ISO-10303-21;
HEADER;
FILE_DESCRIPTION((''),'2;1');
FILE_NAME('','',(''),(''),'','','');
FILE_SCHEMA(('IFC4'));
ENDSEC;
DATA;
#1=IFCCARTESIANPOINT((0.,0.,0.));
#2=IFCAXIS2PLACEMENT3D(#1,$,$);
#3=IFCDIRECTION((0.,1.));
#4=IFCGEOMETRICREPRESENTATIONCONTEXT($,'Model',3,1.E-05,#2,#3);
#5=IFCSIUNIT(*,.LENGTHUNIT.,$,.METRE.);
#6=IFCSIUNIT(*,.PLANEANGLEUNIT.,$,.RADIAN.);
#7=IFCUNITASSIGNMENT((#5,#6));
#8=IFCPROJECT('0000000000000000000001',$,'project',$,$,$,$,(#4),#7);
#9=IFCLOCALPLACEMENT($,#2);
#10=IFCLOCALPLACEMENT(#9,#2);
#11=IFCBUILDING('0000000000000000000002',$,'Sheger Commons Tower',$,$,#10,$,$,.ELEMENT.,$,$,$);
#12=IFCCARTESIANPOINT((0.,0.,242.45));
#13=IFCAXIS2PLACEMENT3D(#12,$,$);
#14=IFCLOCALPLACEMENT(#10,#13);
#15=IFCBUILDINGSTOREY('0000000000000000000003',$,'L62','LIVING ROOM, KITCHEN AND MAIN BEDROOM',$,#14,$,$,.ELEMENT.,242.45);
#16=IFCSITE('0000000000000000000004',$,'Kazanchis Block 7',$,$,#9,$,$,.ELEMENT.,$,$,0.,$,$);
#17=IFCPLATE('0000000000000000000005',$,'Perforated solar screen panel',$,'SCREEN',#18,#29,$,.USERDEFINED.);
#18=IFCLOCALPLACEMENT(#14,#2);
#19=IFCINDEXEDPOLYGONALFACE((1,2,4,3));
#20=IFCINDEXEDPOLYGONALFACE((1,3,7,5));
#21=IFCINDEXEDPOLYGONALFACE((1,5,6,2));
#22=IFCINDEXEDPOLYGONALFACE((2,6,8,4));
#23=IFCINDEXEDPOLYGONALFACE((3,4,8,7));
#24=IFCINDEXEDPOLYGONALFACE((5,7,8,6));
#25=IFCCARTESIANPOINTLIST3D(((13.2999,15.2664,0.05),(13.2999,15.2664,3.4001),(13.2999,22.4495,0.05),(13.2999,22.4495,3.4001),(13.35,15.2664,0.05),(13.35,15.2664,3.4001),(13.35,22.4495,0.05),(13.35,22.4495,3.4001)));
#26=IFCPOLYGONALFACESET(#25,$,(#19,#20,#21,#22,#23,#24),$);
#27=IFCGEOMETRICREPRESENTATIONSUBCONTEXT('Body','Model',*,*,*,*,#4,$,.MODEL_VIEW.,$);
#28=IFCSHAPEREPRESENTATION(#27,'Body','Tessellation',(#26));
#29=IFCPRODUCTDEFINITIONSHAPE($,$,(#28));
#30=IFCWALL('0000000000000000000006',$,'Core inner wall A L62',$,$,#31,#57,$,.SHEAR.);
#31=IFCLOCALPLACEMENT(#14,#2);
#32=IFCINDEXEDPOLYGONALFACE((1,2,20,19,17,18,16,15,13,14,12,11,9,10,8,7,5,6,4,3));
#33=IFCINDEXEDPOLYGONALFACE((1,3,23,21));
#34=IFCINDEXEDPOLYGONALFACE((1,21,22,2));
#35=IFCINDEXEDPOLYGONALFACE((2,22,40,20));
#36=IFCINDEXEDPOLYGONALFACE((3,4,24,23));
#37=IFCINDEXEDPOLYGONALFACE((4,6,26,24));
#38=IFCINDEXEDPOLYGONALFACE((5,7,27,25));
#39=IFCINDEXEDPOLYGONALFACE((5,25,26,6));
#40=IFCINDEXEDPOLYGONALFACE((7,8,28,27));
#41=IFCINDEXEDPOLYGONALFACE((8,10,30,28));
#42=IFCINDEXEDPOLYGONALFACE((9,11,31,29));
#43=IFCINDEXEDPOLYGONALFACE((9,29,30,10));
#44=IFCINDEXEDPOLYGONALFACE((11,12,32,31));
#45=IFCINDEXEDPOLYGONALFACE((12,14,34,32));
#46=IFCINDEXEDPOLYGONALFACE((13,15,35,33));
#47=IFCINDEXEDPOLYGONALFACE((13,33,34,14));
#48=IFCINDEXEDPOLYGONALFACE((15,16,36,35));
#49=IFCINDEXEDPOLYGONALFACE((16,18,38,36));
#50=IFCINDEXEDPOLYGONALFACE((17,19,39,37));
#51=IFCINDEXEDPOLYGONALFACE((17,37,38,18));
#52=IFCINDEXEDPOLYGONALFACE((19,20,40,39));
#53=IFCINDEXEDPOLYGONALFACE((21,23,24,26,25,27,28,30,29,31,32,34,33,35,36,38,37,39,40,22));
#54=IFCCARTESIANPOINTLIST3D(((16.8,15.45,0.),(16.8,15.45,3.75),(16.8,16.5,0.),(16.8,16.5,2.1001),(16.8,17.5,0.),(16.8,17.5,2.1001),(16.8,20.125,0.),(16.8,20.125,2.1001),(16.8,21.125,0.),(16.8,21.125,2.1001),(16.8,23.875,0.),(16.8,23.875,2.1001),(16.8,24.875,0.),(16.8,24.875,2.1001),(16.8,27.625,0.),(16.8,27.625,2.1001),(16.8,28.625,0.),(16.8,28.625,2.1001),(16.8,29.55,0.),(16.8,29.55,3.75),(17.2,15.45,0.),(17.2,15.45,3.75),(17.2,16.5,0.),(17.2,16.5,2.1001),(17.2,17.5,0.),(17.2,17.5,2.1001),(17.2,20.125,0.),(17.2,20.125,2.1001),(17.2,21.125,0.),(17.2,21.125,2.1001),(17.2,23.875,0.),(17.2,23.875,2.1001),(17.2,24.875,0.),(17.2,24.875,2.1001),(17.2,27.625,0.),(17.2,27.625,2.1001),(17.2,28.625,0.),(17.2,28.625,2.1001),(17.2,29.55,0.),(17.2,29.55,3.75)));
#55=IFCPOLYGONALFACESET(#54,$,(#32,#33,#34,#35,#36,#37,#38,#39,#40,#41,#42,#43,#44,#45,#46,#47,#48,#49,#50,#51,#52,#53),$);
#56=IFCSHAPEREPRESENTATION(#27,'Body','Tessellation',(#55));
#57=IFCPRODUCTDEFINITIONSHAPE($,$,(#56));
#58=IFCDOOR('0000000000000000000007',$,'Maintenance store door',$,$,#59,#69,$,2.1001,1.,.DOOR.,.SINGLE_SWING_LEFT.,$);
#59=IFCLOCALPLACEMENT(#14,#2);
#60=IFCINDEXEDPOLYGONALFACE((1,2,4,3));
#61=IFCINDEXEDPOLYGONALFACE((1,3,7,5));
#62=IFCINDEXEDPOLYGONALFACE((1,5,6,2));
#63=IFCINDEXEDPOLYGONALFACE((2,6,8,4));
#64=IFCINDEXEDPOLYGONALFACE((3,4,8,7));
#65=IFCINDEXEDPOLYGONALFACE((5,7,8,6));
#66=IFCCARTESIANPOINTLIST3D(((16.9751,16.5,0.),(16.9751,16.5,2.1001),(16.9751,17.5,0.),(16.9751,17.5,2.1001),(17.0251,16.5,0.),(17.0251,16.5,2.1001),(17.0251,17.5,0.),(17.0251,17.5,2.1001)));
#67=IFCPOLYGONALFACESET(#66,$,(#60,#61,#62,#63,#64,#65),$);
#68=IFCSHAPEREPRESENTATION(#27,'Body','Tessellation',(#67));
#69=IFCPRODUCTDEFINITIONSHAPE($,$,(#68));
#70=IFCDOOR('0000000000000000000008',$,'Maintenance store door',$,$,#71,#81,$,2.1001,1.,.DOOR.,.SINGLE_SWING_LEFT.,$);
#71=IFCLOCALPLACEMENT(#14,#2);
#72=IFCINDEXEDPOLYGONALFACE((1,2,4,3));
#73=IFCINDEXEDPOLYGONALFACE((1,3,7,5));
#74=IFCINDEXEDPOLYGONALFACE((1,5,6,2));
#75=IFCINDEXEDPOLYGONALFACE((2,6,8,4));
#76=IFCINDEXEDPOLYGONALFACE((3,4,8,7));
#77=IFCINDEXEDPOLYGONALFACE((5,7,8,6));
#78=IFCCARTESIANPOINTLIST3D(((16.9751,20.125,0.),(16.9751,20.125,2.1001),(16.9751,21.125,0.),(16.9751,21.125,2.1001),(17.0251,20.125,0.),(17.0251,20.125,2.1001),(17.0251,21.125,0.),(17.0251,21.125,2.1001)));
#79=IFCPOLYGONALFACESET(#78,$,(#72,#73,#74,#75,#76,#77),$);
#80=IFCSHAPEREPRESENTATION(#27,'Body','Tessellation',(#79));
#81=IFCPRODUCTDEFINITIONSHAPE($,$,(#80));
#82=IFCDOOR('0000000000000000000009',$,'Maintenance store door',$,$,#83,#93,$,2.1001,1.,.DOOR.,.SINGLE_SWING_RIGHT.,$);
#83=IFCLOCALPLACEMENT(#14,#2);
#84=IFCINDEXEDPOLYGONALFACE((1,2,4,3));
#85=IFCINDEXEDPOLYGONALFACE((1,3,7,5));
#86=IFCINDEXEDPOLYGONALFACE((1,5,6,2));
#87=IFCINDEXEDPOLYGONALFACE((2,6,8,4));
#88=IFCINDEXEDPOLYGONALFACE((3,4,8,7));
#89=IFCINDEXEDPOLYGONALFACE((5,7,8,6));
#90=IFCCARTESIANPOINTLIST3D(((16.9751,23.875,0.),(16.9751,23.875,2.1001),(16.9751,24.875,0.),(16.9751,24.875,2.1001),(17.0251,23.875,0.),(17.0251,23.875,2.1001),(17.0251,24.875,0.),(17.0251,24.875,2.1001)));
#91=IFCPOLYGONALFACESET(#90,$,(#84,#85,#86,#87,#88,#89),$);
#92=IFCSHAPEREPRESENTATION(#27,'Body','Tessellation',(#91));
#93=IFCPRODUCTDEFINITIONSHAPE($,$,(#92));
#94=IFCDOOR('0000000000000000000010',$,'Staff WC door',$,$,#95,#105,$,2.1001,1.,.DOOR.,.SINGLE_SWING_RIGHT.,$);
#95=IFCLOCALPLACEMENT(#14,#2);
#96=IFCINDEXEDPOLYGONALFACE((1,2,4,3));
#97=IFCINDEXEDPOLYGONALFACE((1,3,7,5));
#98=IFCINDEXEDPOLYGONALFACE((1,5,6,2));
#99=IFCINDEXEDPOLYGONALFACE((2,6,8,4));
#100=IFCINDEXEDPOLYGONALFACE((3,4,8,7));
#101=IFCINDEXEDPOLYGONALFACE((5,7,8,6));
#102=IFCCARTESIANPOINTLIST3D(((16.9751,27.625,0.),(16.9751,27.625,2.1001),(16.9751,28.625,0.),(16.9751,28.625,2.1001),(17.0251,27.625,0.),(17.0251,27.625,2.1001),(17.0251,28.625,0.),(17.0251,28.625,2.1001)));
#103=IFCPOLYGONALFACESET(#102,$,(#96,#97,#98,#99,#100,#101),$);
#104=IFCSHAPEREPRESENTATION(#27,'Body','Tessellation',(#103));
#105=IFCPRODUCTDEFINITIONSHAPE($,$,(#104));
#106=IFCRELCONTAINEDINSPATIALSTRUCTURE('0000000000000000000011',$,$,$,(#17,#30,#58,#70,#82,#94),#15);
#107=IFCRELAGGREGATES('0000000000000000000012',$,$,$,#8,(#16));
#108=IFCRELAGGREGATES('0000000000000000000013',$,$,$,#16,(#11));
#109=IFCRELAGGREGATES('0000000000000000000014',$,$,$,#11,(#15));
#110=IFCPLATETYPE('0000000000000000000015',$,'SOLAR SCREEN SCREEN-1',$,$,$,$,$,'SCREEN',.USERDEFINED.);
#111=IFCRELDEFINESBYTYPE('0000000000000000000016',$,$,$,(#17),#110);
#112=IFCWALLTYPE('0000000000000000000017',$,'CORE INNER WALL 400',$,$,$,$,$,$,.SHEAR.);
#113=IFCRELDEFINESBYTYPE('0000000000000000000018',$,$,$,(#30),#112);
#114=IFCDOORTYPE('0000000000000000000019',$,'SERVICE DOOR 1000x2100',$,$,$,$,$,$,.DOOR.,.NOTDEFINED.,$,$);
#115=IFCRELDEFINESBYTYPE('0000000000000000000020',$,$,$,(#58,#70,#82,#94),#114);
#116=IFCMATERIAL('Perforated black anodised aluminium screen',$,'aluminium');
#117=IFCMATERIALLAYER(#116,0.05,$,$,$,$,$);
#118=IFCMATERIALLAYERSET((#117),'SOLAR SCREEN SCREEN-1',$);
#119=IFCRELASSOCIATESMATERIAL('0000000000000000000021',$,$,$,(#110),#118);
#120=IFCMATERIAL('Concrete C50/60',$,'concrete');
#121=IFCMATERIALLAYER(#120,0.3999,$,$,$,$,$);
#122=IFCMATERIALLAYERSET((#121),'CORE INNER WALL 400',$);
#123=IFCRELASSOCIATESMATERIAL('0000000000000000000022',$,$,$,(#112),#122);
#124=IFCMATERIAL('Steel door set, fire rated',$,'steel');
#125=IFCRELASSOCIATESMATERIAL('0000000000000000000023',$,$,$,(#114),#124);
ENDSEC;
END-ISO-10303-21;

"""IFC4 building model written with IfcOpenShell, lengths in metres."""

from ifc_helpers import new_model, si_unit, direction, frame, frame_2d, origin, origin_2d, place, context, subcontext, project, spatial, rectangle, extrude, material, layer, layer_set, type_object, element, fill, save


model = new_model("IFC4")

# Units and contexts
model_context = context("Model", 3, precision=1e-05, world=origin(), true_north=direction((0.0, 1.0)))
body_context = subcontext(model_context, "Body", "Model", "MODEL_VIEW")
ifc_project = project(units=[si_unit("LENGTHUNIT", "METRE"), si_unit("PLANEANGLEUNIT", "RADIAN")], contexts=[model_context])

# Site, building, storey
site_placement = place(None, origin())
site = spatial("IfcSite", under=ifc_project, at=site_placement, Name="Kazanchis Block 7", CompositionType="ELEMENT", RefElevation=0.0)
building_placement = place(site_placement, origin())
building = spatial("IfcBuilding", under=site, at=building_placement, Name="Sheger Commons Tower", CompositionType="ELEMENT")
storey_placement = place(building_placement, frame((0.0, 0.0, 242.45)))
storey = spatial("IfcBuildingStorey", under=building, at=storey_placement, Name="L62", Description="LIVING ROOM, KITCHEN AND MAIN BEDROOM", CompositionType="ELEMENT", Elevation=242.45)

# Plate
ifc_material_1 = material(Name="Perforated black anodised aluminium screen", Category="aluminium")
ifc_layer_1 = layer(ifc_material_1, 0.05)
ifc_layer_set_1 = layer_set([ifc_layer_1], Name="SOLAR SCREEN SCREEN-1")
plate_type = type_object("IfcPlateType", Name="SOLAR SCREEN SCREEN-1", ElementType="SCREEN", PredefinedType="USERDEFINED", material=ifc_layer_set_1)
plate_placement = place(storey_placement, frame((13.325, 18.8579, 0.05), z_axis=(0.0, 0.0, 1.0), x_axis=(0.0, -1.0, 0.0)))
element("IfcPlate", 1, at=plate_placement, inside=storey, type_object=plate_type, Name="Perforated solar screen panel", ObjectType="SCREEN", PredefinedType="USERDEFINED", context=body_context, shape_type="SweptSolid", body=[
    extrude(rectangle(XDim=7.1831, YDim=0.05, at=origin_2d()), origin(), (0.0, 0.0, 1.0), 3.3501),
])

# Wall, openings, doors
ifc_material_2 = material(Name="Concrete C50/60", Category="concrete")
ifc_layer_2 = layer(ifc_material_2, 0.3999)
ifc_layer_set_2 = layer_set([ifc_layer_2], Name="CORE INNER WALL 400")
wall_type_1 = type_object("IfcWallType", Name="CORE INNER WALL 400", PredefinedType="SHEAR", material=ifc_layer_set_2)
wall_1_placement = place(storey_placement, frame((17.0, 15.45, 0.0), z_axis=(0.0, 0.0, 1.0), x_axis=(0.0, 1.0, 0.0)))
wall_1 = element("IfcWall", 2, at=wall_1_placement, inside=storey, type_object=wall_type_1, Name="Core inner wall A L62", PredefinedType="SHEAR", context=body_context, shape_type="SweptSolid", body=[
    extrude(rectangle(XDim=14.1001, YDim=0.3999, at=frame_2d((7.05, 0.0))), origin(), (0.0, 0.0, 1.0), 3.75),
])
opening_1_placement = place(wall_1_placement, frame((1.05, 0.0, 0.0)))
opening_1 = element("IfcOpeningElement", 3, at=opening_1_placement, cuts=wall_1, PredefinedType="OPENING", context=body_context, shape_type="SweptSolid", body=[
    extrude(rectangle(XDim=1.0, YDim=2.1001, at=frame_2d((0.5, 1.05))), frame((0.0, 0.21, 0.0), z_axis=(0.0, -1.0, 0.0), x_axis=(1.0, 0.0, 0.0)), (0.0, 0.0, 1.0), 0.4199),
])
opening_2_placement = place(wall_1_placement, frame((4.675, 0.0, 0.0)))
opening_2 = element("IfcOpeningElement", 4, at=opening_2_placement, cuts=wall_1, PredefinedType="OPENING", context=body_context, shape_type="SweptSolid", body=[
    extrude(rectangle(XDim=1.0, YDim=2.1001, at=frame_2d((0.5, 1.05))), frame((0.0, 0.21, 0.0), z_axis=(0.0, -1.0, 0.0), x_axis=(1.0, 0.0, 0.0)), (0.0, 0.0, 1.0), 0.4199),
])
opening_3_placement = place(wall_1_placement, frame((8.425, 0.0, 0.0)))
opening_3 = element("IfcOpeningElement", 5, at=opening_3_placement, cuts=wall_1, PredefinedType="OPENING", context=body_context, shape_type="SweptSolid", body=[
    extrude(rectangle(XDim=1.0, YDim=2.1001, at=frame_2d((0.5, 1.05))), frame((0.0, 0.21, 0.0), z_axis=(0.0, -1.0, 0.0), x_axis=(1.0, 0.0, 0.0)), (0.0, 0.0, 1.0), 0.4199),
])
opening_4_placement = place(wall_1_placement, frame((12.175, 0.0, 0.0)))
opening_4 = element("IfcOpeningElement", 6, at=opening_4_placement, cuts=wall_1, PredefinedType="OPENING", context=body_context, shape_type="SweptSolid", body=[
    extrude(rectangle(XDim=1.0, YDim=2.1001, at=frame_2d((0.5, 1.05))), frame((0.0, 0.21, 0.0), z_axis=(0.0, -1.0, 0.0), x_axis=(1.0, 0.0, 0.0)), (0.0, 0.0, 1.0), 0.4199),
])
ifc_material_3 = material(Name="Steel door set, fire rated", Category="steel")
door_type_1 = type_object("IfcDoorType", Name="SERVICE DOOR 1000x2100", OperationType="NOTDEFINED", PredefinedType="DOOR", material=ifc_material_3)
door_1_placement = place(opening_1_placement, origin())
door_1 = element("IfcDoor", 7, at=door_1_placement, inside=storey, type_object=door_type_1, Name="Maintenance store door", OperationType="SINGLE_SWING_LEFT", OverallHeight=2.1001, OverallWidth=1.0, PredefinedType="DOOR", context=body_context, shape_type="SweptSolid", body=[
    extrude(rectangle(XDim=1.0, YDim=2.1001, at=frame_2d((0.5, 1.05))), frame((0.0, 0.0249, 0.0), z_axis=(0.0, -1.0, 0.0), x_axis=(1.0, 0.0, 0.0)), (0.0, 0.0, 1.0), 0.05),
])
fill(opening_1, door_1)
door_2_placement = place(opening_2_placement, origin())
door_2 = element("IfcDoor", 8, at=door_2_placement, inside=storey, type_object=door_type_1, Name="Maintenance store door", OperationType="SINGLE_SWING_LEFT", OverallHeight=2.1001, OverallWidth=1.0, PredefinedType="DOOR", context=body_context, shape_type="SweptSolid", body=[
    extrude(rectangle(XDim=1.0, YDim=2.1001, at=frame_2d((0.5, 1.05))), frame((0.0, 0.0249, 0.0), z_axis=(0.0, -1.0, 0.0), x_axis=(1.0, 0.0, 0.0)), (0.0, 0.0, 1.0), 0.05),
])
fill(opening_2, door_2)
door_3_placement = place(opening_3_placement, origin())
door_3 = element("IfcDoor", 9, at=door_3_placement, inside=storey, type_object=door_type_1, Name="Maintenance store door", OperationType="SINGLE_SWING_RIGHT", OverallHeight=2.1001, OverallWidth=1.0, PredefinedType="DOOR", context=body_context, shape_type="SweptSolid", body=[
    extrude(rectangle(XDim=1.0, YDim=2.1001, at=frame_2d((0.5, 1.05))), frame((0.0, 0.0249, 0.0), z_axis=(0.0, -1.0, 0.0), x_axis=(1.0, 0.0, 0.0)), (0.0, 0.0, 1.0), 0.05),
])
fill(opening_3, door_3)
door_4_placement = place(opening_4_placement, origin())
door_4 = element("IfcDoor", 10, at=door_4_placement, inside=storey, type_object=door_type_1, Name="Staff WC door", OperationType="SINGLE_SWING_RIGHT", OverallHeight=2.1001, OverallWidth=1.0, PredefinedType="DOOR", context=body_context, shape_type="SweptSolid", body=[
    extrude(rectangle(XDim=1.0, YDim=2.1001, at=frame_2d((0.5, 1.05))), frame((0.0, 0.0249, 0.0), z_axis=(0.0, -1.0, 0.0), x_axis=(1.0, 0.0, 0.0)), (0.0, 0.0, 1.0), 0.05),
])
fill(opening_4, door_4)

save(model, "model.ifc")
